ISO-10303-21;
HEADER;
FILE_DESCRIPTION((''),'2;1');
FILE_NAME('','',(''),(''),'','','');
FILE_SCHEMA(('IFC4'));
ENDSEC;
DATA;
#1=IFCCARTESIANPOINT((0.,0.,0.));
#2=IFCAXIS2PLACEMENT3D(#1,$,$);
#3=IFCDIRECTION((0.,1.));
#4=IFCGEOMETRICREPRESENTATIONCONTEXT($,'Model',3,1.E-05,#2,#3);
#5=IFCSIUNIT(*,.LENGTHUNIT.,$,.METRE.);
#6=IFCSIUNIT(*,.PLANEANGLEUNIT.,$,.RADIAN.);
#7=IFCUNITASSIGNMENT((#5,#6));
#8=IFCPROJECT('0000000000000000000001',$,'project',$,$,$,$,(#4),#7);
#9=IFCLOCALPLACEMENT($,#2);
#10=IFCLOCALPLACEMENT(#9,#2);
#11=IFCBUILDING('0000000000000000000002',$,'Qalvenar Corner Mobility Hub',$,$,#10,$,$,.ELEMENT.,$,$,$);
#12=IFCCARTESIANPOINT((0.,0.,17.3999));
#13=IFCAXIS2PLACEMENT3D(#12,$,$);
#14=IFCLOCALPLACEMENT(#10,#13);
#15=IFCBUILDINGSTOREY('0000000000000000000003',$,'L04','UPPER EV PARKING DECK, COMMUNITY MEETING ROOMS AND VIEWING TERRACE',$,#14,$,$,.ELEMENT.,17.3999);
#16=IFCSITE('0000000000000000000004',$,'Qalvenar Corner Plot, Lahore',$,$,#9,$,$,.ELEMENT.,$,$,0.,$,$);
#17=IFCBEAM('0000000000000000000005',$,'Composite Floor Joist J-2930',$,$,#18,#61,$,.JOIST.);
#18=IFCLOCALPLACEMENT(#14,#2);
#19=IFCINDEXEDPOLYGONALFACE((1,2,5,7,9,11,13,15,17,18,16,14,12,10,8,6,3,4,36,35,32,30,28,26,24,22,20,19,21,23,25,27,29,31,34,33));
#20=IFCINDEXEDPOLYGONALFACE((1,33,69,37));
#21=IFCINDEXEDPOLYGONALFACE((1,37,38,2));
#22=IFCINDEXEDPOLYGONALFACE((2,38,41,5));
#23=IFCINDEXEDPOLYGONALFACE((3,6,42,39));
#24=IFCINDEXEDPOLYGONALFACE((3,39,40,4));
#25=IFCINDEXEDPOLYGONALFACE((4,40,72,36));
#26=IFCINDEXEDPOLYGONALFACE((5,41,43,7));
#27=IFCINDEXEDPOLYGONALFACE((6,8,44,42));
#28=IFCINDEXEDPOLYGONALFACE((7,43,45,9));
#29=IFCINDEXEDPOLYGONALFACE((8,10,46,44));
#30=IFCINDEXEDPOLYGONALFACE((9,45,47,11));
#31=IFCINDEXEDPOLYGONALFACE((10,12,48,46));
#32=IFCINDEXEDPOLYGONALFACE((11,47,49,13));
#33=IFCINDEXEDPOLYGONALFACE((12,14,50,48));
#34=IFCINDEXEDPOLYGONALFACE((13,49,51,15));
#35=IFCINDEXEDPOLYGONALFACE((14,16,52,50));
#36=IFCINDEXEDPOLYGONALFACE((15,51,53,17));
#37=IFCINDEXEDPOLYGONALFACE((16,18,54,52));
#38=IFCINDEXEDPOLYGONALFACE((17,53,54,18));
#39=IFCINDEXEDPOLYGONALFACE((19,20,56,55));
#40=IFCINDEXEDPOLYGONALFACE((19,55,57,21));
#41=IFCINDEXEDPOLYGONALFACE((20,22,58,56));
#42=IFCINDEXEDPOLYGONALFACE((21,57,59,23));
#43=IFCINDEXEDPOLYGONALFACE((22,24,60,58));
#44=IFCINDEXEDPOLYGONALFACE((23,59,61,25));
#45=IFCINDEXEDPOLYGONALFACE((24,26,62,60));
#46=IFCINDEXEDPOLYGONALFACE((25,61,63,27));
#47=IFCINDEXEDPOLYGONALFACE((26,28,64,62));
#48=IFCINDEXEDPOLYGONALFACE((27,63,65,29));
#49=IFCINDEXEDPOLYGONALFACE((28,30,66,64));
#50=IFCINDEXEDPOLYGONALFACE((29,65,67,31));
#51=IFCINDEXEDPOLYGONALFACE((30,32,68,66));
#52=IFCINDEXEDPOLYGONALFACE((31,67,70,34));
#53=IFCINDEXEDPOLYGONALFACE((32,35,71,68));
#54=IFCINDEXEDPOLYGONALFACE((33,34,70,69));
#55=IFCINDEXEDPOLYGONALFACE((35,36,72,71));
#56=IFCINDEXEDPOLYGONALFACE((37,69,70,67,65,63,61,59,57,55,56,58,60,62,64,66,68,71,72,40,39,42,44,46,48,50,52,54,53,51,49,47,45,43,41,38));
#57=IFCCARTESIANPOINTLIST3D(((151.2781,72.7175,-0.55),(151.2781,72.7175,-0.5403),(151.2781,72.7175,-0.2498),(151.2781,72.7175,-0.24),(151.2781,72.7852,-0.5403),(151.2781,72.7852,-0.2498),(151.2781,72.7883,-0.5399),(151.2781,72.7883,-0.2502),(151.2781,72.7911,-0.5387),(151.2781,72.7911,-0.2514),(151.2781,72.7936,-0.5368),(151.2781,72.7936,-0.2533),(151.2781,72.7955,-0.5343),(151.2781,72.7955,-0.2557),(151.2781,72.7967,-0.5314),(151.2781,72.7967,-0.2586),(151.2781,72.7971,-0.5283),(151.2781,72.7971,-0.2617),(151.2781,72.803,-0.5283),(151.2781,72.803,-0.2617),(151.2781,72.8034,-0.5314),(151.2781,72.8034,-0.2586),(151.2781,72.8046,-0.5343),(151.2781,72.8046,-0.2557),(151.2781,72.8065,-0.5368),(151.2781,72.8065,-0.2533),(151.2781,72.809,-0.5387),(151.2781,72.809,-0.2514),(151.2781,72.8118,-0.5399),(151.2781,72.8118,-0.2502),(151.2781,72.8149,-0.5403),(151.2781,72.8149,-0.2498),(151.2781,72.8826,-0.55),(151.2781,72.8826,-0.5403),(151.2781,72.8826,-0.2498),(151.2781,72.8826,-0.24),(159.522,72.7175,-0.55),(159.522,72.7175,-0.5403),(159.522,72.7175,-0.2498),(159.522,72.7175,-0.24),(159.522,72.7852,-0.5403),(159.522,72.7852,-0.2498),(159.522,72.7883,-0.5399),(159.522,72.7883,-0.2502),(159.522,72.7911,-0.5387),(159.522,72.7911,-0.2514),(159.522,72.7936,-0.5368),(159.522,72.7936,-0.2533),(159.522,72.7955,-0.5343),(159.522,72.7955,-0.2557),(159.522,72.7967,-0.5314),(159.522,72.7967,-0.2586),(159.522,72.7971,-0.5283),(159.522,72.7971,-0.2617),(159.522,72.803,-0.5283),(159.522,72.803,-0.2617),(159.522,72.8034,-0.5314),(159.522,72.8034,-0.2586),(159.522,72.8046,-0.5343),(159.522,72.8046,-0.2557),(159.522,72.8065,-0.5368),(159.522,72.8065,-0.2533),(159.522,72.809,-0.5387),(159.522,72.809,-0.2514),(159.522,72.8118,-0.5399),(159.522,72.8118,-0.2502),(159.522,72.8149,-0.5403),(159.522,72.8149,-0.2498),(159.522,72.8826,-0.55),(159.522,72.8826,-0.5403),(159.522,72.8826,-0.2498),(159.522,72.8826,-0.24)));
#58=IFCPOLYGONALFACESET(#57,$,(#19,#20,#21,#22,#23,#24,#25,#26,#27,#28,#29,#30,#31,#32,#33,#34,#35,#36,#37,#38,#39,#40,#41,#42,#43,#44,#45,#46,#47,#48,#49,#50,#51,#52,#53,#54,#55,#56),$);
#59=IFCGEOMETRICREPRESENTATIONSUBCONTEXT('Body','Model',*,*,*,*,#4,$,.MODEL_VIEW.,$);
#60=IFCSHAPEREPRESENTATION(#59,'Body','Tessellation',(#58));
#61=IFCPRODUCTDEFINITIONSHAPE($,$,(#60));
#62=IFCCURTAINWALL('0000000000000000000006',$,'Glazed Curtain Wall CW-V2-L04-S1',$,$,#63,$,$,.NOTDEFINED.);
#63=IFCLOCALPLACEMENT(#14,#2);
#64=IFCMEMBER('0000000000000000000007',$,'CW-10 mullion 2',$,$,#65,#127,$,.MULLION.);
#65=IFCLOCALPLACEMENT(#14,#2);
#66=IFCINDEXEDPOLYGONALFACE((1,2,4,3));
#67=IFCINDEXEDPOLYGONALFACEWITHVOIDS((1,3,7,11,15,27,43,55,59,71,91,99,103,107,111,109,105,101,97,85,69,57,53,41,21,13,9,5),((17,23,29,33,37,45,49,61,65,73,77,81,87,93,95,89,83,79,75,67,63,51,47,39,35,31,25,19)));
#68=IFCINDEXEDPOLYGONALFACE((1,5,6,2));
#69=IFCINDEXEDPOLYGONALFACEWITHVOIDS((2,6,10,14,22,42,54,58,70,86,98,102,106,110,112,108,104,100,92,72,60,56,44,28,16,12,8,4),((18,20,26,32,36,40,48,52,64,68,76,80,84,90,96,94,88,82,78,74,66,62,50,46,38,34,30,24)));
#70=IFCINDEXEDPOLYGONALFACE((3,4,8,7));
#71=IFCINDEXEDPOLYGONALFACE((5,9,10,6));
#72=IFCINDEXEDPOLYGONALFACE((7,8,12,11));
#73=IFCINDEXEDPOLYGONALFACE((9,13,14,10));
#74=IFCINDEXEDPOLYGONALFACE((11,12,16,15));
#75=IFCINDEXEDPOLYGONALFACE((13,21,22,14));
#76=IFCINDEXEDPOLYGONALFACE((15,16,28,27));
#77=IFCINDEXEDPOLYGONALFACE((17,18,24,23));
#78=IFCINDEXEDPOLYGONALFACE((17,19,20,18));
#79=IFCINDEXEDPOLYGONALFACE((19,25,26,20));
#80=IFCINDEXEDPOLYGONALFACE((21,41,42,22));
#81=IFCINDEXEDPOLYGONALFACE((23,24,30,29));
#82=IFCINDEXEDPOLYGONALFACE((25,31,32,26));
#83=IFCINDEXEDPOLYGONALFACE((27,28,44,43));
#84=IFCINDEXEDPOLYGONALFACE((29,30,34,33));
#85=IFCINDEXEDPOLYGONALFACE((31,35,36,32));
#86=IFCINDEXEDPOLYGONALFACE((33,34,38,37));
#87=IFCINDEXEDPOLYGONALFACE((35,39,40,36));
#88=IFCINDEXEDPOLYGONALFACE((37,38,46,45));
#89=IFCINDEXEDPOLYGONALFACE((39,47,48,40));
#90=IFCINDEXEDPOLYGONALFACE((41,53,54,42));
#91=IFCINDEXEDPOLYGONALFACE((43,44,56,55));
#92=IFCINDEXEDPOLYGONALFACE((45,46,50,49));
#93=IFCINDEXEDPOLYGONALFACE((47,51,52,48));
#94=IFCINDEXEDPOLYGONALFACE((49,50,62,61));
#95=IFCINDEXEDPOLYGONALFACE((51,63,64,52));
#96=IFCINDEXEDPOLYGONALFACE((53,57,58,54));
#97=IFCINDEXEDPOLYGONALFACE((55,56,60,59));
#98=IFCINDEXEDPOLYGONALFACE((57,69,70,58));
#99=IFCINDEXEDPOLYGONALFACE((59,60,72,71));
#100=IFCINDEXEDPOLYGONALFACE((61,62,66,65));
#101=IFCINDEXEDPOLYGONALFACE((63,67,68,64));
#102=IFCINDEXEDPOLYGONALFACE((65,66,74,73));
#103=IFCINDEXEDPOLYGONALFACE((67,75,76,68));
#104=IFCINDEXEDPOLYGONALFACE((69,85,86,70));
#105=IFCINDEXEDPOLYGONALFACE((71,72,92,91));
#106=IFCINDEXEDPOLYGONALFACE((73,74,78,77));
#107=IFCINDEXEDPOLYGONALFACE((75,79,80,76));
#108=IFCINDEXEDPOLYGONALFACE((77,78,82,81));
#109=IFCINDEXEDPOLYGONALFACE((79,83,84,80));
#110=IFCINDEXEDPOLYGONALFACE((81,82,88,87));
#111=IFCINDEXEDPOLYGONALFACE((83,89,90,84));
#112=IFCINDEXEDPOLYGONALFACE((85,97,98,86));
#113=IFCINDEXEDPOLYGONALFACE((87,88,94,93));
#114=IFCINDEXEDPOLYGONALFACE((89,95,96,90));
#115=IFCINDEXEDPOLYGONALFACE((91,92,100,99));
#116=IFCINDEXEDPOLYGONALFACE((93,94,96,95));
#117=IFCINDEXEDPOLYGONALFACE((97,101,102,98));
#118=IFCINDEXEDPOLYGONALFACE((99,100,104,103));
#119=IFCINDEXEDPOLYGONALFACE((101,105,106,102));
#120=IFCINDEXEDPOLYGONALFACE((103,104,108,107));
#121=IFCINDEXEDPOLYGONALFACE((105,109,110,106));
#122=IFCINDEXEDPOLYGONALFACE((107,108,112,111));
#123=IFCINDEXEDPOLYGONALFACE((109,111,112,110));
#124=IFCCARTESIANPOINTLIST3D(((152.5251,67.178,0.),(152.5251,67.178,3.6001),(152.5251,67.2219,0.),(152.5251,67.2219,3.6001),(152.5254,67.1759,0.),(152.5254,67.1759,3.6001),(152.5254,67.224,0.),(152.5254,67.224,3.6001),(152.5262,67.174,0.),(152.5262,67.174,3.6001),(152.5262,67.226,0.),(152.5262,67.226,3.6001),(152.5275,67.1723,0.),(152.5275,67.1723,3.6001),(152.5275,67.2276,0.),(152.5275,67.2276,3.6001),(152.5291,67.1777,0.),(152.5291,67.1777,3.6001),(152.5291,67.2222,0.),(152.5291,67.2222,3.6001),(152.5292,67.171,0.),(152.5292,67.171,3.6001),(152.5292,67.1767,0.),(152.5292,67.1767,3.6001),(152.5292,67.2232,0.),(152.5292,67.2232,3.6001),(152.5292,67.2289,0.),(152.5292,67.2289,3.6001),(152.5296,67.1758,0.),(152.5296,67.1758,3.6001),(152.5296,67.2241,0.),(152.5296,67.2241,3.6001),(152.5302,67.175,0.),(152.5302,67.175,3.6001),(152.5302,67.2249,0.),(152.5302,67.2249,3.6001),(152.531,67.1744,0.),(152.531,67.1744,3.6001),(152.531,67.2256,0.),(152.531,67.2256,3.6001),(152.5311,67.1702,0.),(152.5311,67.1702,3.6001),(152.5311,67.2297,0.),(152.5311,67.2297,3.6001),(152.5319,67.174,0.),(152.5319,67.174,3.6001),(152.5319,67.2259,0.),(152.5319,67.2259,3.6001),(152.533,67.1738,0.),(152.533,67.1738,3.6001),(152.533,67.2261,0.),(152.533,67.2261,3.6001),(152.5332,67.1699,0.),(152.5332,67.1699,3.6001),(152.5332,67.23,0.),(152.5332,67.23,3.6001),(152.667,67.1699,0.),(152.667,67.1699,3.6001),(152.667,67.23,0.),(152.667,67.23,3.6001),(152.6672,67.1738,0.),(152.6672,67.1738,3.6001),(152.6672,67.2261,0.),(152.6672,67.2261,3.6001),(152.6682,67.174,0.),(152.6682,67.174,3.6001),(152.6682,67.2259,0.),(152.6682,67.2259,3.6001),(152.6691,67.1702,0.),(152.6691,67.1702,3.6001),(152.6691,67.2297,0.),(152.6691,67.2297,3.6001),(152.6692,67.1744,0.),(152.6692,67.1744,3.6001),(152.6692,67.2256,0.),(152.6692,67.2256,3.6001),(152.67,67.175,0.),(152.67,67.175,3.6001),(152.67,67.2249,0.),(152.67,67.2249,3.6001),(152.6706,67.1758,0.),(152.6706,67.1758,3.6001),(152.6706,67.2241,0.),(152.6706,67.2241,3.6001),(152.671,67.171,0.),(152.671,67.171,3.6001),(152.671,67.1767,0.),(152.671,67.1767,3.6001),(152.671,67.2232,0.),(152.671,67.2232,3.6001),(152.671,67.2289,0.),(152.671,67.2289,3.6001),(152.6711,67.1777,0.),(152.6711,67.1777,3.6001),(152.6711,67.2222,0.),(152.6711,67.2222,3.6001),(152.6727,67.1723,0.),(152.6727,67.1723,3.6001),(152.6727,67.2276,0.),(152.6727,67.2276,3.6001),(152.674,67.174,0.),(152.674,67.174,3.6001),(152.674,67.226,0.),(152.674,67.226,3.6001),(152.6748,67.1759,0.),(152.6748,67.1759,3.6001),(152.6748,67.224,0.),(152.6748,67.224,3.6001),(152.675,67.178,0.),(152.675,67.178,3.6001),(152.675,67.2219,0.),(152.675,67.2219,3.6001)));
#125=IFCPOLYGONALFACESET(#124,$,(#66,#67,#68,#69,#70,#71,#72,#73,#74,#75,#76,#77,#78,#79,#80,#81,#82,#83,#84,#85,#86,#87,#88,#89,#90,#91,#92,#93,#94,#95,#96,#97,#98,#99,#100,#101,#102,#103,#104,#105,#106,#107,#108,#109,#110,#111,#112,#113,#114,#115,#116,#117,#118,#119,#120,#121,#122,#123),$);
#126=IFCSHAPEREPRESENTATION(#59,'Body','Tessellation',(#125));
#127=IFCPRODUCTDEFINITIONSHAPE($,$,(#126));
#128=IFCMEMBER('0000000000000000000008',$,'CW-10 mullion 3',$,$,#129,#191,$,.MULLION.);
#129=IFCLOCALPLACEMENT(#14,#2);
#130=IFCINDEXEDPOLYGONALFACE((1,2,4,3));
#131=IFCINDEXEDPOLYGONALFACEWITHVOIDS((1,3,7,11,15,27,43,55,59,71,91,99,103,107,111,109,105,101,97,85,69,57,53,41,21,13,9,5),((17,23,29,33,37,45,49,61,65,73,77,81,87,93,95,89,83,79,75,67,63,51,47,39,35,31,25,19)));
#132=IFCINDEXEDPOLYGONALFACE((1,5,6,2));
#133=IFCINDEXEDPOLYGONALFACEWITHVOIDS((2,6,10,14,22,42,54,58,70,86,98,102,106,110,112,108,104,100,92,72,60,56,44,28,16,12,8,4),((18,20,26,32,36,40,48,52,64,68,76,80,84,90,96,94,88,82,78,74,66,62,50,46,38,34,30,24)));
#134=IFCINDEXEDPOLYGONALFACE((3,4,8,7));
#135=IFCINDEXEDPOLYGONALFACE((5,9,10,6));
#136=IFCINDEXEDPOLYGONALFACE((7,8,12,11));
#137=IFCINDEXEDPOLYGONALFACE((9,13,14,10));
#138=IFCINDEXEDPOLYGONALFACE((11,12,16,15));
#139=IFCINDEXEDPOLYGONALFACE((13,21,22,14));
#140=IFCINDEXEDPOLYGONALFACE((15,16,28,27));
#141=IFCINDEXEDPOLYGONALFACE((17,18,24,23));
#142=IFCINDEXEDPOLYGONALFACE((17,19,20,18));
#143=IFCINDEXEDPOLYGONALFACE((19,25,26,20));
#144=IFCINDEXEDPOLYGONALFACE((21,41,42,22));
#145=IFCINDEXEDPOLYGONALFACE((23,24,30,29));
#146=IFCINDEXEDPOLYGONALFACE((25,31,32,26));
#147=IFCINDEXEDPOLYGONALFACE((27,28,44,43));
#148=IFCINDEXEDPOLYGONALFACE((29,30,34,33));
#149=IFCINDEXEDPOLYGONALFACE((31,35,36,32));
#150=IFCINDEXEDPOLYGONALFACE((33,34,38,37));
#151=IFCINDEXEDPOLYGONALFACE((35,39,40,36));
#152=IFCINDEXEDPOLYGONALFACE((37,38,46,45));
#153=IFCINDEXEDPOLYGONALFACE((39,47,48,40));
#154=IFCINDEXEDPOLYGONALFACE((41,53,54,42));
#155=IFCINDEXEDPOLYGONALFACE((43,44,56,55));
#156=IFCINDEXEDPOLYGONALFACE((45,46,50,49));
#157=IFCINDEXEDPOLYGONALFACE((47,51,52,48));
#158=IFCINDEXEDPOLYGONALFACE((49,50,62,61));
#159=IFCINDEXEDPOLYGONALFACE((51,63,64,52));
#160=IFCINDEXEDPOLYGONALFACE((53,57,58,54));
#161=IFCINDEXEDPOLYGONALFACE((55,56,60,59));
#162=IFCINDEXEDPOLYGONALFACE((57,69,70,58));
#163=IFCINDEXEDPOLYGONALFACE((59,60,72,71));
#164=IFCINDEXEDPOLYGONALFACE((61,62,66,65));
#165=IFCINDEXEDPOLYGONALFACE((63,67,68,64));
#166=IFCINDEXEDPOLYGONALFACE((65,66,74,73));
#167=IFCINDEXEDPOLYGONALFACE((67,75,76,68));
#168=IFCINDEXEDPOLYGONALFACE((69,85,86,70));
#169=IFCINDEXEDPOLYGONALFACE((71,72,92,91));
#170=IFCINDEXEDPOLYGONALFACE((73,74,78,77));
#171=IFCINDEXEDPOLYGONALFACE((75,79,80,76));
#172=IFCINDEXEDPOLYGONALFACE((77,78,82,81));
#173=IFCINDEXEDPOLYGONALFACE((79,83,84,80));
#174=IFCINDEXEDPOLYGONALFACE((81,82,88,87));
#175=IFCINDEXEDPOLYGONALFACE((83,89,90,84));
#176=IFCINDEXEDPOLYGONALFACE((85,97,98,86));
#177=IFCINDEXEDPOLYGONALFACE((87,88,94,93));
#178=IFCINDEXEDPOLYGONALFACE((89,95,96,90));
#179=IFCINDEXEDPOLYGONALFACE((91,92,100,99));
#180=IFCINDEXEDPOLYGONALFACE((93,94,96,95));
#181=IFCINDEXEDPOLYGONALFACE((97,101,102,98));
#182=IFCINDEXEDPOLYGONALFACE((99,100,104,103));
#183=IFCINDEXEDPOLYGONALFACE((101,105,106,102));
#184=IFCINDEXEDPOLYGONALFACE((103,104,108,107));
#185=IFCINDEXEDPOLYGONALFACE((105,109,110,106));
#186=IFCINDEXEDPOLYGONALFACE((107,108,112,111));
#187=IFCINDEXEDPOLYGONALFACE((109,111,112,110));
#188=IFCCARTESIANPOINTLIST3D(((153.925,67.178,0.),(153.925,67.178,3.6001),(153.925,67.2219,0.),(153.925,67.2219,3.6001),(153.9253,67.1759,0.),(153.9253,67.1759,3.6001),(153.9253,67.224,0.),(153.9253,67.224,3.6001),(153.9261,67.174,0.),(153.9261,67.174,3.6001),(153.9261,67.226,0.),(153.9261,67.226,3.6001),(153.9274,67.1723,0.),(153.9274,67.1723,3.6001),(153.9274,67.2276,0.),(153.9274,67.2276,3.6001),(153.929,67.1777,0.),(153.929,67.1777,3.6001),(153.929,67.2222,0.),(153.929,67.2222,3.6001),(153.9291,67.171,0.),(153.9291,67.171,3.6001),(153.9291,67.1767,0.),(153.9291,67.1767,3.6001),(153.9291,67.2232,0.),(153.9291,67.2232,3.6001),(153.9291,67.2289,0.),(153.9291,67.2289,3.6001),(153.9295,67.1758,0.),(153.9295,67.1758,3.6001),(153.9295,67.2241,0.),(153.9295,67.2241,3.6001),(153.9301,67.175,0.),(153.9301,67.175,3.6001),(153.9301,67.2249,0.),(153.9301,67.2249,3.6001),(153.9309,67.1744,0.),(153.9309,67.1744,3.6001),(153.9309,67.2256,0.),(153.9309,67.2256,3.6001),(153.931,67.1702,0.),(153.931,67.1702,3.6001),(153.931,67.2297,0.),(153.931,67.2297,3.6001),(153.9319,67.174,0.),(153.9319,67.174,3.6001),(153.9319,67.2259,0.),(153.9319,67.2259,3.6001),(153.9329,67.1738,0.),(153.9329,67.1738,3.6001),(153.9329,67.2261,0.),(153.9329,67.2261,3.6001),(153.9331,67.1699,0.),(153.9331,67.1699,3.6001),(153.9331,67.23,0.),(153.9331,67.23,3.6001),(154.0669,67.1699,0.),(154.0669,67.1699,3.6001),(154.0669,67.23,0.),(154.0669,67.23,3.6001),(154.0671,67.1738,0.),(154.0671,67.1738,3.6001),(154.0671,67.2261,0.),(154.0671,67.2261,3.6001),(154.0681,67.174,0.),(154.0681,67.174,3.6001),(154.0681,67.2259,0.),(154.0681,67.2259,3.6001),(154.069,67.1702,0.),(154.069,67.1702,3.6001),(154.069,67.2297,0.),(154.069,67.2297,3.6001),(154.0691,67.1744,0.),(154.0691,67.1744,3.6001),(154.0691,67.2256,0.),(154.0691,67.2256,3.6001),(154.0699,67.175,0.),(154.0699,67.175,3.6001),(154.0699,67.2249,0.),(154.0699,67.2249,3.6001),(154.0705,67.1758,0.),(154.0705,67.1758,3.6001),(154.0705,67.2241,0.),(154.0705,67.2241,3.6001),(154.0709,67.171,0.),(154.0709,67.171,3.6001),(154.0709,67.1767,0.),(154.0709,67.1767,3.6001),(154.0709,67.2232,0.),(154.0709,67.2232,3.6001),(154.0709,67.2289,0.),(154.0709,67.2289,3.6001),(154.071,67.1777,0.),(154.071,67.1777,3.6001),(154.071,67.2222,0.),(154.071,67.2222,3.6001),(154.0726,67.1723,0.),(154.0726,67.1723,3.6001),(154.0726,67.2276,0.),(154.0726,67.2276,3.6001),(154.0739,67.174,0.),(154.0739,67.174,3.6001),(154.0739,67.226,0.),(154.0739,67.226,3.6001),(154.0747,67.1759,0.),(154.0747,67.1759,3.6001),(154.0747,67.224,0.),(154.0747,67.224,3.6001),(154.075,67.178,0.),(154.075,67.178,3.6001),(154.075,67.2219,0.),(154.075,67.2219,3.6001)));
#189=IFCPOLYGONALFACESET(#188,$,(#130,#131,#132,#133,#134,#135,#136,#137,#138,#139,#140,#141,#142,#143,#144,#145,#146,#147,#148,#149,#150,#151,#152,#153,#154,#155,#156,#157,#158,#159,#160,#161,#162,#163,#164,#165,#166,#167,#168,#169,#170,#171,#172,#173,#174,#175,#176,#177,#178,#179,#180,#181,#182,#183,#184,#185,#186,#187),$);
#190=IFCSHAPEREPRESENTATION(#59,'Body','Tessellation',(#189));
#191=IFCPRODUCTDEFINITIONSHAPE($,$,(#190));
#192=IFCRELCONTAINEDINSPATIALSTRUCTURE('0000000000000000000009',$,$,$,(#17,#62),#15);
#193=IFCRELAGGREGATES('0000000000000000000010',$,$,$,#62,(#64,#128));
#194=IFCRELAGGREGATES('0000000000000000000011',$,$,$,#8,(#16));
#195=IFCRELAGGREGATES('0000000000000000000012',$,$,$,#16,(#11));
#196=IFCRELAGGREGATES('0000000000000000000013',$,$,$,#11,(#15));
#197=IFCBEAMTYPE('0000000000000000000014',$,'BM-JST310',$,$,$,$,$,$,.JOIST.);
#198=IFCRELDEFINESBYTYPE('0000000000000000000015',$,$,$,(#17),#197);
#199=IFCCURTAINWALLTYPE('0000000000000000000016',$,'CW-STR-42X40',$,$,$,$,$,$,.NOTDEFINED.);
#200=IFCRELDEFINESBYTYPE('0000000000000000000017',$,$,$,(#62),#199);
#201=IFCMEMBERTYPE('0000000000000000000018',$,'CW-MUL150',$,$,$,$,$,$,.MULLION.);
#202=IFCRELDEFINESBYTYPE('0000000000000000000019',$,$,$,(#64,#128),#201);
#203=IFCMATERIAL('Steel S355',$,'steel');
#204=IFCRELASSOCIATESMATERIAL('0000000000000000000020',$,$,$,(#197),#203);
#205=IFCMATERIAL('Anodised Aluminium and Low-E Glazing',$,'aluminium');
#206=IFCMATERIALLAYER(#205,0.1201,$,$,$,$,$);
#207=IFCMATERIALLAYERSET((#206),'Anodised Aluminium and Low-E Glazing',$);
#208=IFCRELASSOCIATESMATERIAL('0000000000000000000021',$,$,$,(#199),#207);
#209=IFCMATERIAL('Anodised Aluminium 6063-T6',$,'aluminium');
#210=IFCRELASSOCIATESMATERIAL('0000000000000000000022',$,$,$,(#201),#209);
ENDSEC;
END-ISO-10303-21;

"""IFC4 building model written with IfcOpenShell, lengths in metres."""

from ifc_helpers import new_model, si_unit, direction, frame, origin, origin_2d, place, context, subcontext, project, spatial, hollow_rectangle, i_section, extrude, material, layer, layer_set, material_profile, profile_set, type_object, element, aggregate, save


model = new_model("IFC4")

# Units and contexts
model_context = context("Model", 3, precision=1e-05, world=origin(), true_north=direction((0.0, 1.0)))
body_context = subcontext(model_context, "Body", "Model", "MODEL_VIEW")
ifc_project = project(units=[si_unit("LENGTHUNIT", "METRE"), si_unit("PLANEANGLEUNIT", "RADIAN")], contexts=[model_context])

# Site, building, storey
site_placement = place(None, origin())
site = spatial("IfcSite", under=ifc_project, at=site_placement, Name="Qalvenar Corner Plot, Lahore", CompositionType="ELEMENT", RefElevation=0.0)
building_placement = place(site_placement, origin())
building = spatial("IfcBuilding", under=site, at=building_placement, Name="Qalvenar Corner Mobility Hub", CompositionType="ELEMENT")
storey_placement = place(building_placement, frame((0.0, 0.0, 17.3999)))
storey = spatial("IfcBuildingStorey", under=building, at=storey_placement, Name="L04", Description="UPPER EV PARKING DECK, COMMUNITY MEETING ROOMS AND VIEWING TERRACE", CompositionType="ELEMENT", Elevation=17.3999)

# Beam
ifc_material_1 = material(Name="Steel S355", Category="steel")
ifc_material_profile_1 = material_profile(ifc_material_1, i_section(OverallWidth=0.165, OverallDepth=0.3101, WebThickness=0.0059, FlangeThickness=0.0098, FilletRadius=0.012, at=origin_2d()), Name="W310x38.7")
ifc_profile_set_1 = profile_set([ifc_material_profile_1], Name="Steel S355")
beam_type = type_object("IfcBeamType", Name="BM-JST310", PredefinedType="JOIST", material=ifc_profile_set_1)
beam_placement = place(storey_placement, frame((151.2781, 72.8, -0.395), z_axis=(1.0, 0.0, 0.0), x_axis=(0.0, 1.0, 0.0)))
element("IfcBeam", 1, at=beam_placement, inside=storey, type_object=beam_type, Name="Composite Floor Joist J-2930", PredefinedType="JOIST", context=body_context, shape_type="SweptSolid", body=[
    extrude(i_section(OverallWidth=0.165, OverallDepth=0.3101, WebThickness=0.0059, FlangeThickness=0.0098, FilletRadius=0.012, at=origin_2d()), origin(), (0.0, 0.0, 1.0), 8.2439),
])

# Curtain wall, members
ifc_material_2 = material(Name="Anodised Aluminium and Low-E Glazing", Category="aluminium")
ifc_layer_1 = layer(ifc_material_2, 0.1201)
ifc_layer_set_1 = layer_set([ifc_layer_1], Name="Anodised Aluminium and Low-E Glazing")
curtain_wall_type = type_object("IfcCurtainWallType", Name="CW-STR-42X40", PredefinedType="NOTDEFINED", material=ifc_layer_set_1)
curtain_wall_placement = place(storey_placement, origin())
curtain_wall = element("IfcCurtainWall", 2, at=curtain_wall_placement, inside=storey, type_object=curtain_wall_type, Name="Glazed Curtain Wall CW-V2-L04-S1", PredefinedType="NOTDEFINED")
ifc_material_3 = material(Name="Anodised Aluminium 6063-T6", Category="aluminium")
ifc_material_profile_2 = material_profile(ifc_material_3, hollow_rectangle(XDim=0.0601, YDim=0.1499, WallThickness=0.0039, InnerFilletRadius=0.0039, OuterFilletRadius=0.0081, at=origin_2d()), Name="RHS150x60x4")
ifc_profile_set_2 = profile_set([ifc_material_profile_2], Name="Anodised Aluminium 6063-T6")
member_type_1 = type_object("IfcMemberType", Name="CW-MUL150", PredefinedType="MULLION", material=ifc_profile_set_2)
member_1_placement = place(storey_placement, frame((152.6001, 67.2, 0.0), z_axis=(0.0, 0.0, 1.0), x_axis=(0.0, 1.0, 0.0)))
member_1 = element("IfcMember", 3, at=member_1_placement, type_object=member_type_1, Name="CW-10 mullion 2", PredefinedType="MULLION", context=body_context, shape_type="SweptSolid", body=[
    extrude(hollow_rectangle(XDim=0.0601, YDim=0.1499, WallThickness=0.0039, InnerFilletRadius=0.0039, OuterFilletRadius=0.0081, at=origin_2d()), origin(), (0.0, 0.0, 1.0), 3.6001),
])
member_2_placement = place(storey_placement, frame((154.0, 67.2, 0.0), z_axis=(0.0, 0.0, 1.0), x_axis=(0.0, 1.0, 0.0)))
member_2 = element("IfcMember", 4, at=member_2_placement, type_object=member_type_1, Name="CW-10 mullion 3", PredefinedType="MULLION", context=body_context, shape_type="SweptSolid", body=[
    extrude(hollow_rectangle(XDim=0.0601, YDim=0.1499, WallThickness=0.0039, InnerFilletRadius=0.0039, OuterFilletRadius=0.0081, at=origin_2d()), origin(), (0.0, 0.0, 1.0), 3.6001),
])
aggregate(curtain_wall, [member_1, member_2])

save(model, "model.ifc")
